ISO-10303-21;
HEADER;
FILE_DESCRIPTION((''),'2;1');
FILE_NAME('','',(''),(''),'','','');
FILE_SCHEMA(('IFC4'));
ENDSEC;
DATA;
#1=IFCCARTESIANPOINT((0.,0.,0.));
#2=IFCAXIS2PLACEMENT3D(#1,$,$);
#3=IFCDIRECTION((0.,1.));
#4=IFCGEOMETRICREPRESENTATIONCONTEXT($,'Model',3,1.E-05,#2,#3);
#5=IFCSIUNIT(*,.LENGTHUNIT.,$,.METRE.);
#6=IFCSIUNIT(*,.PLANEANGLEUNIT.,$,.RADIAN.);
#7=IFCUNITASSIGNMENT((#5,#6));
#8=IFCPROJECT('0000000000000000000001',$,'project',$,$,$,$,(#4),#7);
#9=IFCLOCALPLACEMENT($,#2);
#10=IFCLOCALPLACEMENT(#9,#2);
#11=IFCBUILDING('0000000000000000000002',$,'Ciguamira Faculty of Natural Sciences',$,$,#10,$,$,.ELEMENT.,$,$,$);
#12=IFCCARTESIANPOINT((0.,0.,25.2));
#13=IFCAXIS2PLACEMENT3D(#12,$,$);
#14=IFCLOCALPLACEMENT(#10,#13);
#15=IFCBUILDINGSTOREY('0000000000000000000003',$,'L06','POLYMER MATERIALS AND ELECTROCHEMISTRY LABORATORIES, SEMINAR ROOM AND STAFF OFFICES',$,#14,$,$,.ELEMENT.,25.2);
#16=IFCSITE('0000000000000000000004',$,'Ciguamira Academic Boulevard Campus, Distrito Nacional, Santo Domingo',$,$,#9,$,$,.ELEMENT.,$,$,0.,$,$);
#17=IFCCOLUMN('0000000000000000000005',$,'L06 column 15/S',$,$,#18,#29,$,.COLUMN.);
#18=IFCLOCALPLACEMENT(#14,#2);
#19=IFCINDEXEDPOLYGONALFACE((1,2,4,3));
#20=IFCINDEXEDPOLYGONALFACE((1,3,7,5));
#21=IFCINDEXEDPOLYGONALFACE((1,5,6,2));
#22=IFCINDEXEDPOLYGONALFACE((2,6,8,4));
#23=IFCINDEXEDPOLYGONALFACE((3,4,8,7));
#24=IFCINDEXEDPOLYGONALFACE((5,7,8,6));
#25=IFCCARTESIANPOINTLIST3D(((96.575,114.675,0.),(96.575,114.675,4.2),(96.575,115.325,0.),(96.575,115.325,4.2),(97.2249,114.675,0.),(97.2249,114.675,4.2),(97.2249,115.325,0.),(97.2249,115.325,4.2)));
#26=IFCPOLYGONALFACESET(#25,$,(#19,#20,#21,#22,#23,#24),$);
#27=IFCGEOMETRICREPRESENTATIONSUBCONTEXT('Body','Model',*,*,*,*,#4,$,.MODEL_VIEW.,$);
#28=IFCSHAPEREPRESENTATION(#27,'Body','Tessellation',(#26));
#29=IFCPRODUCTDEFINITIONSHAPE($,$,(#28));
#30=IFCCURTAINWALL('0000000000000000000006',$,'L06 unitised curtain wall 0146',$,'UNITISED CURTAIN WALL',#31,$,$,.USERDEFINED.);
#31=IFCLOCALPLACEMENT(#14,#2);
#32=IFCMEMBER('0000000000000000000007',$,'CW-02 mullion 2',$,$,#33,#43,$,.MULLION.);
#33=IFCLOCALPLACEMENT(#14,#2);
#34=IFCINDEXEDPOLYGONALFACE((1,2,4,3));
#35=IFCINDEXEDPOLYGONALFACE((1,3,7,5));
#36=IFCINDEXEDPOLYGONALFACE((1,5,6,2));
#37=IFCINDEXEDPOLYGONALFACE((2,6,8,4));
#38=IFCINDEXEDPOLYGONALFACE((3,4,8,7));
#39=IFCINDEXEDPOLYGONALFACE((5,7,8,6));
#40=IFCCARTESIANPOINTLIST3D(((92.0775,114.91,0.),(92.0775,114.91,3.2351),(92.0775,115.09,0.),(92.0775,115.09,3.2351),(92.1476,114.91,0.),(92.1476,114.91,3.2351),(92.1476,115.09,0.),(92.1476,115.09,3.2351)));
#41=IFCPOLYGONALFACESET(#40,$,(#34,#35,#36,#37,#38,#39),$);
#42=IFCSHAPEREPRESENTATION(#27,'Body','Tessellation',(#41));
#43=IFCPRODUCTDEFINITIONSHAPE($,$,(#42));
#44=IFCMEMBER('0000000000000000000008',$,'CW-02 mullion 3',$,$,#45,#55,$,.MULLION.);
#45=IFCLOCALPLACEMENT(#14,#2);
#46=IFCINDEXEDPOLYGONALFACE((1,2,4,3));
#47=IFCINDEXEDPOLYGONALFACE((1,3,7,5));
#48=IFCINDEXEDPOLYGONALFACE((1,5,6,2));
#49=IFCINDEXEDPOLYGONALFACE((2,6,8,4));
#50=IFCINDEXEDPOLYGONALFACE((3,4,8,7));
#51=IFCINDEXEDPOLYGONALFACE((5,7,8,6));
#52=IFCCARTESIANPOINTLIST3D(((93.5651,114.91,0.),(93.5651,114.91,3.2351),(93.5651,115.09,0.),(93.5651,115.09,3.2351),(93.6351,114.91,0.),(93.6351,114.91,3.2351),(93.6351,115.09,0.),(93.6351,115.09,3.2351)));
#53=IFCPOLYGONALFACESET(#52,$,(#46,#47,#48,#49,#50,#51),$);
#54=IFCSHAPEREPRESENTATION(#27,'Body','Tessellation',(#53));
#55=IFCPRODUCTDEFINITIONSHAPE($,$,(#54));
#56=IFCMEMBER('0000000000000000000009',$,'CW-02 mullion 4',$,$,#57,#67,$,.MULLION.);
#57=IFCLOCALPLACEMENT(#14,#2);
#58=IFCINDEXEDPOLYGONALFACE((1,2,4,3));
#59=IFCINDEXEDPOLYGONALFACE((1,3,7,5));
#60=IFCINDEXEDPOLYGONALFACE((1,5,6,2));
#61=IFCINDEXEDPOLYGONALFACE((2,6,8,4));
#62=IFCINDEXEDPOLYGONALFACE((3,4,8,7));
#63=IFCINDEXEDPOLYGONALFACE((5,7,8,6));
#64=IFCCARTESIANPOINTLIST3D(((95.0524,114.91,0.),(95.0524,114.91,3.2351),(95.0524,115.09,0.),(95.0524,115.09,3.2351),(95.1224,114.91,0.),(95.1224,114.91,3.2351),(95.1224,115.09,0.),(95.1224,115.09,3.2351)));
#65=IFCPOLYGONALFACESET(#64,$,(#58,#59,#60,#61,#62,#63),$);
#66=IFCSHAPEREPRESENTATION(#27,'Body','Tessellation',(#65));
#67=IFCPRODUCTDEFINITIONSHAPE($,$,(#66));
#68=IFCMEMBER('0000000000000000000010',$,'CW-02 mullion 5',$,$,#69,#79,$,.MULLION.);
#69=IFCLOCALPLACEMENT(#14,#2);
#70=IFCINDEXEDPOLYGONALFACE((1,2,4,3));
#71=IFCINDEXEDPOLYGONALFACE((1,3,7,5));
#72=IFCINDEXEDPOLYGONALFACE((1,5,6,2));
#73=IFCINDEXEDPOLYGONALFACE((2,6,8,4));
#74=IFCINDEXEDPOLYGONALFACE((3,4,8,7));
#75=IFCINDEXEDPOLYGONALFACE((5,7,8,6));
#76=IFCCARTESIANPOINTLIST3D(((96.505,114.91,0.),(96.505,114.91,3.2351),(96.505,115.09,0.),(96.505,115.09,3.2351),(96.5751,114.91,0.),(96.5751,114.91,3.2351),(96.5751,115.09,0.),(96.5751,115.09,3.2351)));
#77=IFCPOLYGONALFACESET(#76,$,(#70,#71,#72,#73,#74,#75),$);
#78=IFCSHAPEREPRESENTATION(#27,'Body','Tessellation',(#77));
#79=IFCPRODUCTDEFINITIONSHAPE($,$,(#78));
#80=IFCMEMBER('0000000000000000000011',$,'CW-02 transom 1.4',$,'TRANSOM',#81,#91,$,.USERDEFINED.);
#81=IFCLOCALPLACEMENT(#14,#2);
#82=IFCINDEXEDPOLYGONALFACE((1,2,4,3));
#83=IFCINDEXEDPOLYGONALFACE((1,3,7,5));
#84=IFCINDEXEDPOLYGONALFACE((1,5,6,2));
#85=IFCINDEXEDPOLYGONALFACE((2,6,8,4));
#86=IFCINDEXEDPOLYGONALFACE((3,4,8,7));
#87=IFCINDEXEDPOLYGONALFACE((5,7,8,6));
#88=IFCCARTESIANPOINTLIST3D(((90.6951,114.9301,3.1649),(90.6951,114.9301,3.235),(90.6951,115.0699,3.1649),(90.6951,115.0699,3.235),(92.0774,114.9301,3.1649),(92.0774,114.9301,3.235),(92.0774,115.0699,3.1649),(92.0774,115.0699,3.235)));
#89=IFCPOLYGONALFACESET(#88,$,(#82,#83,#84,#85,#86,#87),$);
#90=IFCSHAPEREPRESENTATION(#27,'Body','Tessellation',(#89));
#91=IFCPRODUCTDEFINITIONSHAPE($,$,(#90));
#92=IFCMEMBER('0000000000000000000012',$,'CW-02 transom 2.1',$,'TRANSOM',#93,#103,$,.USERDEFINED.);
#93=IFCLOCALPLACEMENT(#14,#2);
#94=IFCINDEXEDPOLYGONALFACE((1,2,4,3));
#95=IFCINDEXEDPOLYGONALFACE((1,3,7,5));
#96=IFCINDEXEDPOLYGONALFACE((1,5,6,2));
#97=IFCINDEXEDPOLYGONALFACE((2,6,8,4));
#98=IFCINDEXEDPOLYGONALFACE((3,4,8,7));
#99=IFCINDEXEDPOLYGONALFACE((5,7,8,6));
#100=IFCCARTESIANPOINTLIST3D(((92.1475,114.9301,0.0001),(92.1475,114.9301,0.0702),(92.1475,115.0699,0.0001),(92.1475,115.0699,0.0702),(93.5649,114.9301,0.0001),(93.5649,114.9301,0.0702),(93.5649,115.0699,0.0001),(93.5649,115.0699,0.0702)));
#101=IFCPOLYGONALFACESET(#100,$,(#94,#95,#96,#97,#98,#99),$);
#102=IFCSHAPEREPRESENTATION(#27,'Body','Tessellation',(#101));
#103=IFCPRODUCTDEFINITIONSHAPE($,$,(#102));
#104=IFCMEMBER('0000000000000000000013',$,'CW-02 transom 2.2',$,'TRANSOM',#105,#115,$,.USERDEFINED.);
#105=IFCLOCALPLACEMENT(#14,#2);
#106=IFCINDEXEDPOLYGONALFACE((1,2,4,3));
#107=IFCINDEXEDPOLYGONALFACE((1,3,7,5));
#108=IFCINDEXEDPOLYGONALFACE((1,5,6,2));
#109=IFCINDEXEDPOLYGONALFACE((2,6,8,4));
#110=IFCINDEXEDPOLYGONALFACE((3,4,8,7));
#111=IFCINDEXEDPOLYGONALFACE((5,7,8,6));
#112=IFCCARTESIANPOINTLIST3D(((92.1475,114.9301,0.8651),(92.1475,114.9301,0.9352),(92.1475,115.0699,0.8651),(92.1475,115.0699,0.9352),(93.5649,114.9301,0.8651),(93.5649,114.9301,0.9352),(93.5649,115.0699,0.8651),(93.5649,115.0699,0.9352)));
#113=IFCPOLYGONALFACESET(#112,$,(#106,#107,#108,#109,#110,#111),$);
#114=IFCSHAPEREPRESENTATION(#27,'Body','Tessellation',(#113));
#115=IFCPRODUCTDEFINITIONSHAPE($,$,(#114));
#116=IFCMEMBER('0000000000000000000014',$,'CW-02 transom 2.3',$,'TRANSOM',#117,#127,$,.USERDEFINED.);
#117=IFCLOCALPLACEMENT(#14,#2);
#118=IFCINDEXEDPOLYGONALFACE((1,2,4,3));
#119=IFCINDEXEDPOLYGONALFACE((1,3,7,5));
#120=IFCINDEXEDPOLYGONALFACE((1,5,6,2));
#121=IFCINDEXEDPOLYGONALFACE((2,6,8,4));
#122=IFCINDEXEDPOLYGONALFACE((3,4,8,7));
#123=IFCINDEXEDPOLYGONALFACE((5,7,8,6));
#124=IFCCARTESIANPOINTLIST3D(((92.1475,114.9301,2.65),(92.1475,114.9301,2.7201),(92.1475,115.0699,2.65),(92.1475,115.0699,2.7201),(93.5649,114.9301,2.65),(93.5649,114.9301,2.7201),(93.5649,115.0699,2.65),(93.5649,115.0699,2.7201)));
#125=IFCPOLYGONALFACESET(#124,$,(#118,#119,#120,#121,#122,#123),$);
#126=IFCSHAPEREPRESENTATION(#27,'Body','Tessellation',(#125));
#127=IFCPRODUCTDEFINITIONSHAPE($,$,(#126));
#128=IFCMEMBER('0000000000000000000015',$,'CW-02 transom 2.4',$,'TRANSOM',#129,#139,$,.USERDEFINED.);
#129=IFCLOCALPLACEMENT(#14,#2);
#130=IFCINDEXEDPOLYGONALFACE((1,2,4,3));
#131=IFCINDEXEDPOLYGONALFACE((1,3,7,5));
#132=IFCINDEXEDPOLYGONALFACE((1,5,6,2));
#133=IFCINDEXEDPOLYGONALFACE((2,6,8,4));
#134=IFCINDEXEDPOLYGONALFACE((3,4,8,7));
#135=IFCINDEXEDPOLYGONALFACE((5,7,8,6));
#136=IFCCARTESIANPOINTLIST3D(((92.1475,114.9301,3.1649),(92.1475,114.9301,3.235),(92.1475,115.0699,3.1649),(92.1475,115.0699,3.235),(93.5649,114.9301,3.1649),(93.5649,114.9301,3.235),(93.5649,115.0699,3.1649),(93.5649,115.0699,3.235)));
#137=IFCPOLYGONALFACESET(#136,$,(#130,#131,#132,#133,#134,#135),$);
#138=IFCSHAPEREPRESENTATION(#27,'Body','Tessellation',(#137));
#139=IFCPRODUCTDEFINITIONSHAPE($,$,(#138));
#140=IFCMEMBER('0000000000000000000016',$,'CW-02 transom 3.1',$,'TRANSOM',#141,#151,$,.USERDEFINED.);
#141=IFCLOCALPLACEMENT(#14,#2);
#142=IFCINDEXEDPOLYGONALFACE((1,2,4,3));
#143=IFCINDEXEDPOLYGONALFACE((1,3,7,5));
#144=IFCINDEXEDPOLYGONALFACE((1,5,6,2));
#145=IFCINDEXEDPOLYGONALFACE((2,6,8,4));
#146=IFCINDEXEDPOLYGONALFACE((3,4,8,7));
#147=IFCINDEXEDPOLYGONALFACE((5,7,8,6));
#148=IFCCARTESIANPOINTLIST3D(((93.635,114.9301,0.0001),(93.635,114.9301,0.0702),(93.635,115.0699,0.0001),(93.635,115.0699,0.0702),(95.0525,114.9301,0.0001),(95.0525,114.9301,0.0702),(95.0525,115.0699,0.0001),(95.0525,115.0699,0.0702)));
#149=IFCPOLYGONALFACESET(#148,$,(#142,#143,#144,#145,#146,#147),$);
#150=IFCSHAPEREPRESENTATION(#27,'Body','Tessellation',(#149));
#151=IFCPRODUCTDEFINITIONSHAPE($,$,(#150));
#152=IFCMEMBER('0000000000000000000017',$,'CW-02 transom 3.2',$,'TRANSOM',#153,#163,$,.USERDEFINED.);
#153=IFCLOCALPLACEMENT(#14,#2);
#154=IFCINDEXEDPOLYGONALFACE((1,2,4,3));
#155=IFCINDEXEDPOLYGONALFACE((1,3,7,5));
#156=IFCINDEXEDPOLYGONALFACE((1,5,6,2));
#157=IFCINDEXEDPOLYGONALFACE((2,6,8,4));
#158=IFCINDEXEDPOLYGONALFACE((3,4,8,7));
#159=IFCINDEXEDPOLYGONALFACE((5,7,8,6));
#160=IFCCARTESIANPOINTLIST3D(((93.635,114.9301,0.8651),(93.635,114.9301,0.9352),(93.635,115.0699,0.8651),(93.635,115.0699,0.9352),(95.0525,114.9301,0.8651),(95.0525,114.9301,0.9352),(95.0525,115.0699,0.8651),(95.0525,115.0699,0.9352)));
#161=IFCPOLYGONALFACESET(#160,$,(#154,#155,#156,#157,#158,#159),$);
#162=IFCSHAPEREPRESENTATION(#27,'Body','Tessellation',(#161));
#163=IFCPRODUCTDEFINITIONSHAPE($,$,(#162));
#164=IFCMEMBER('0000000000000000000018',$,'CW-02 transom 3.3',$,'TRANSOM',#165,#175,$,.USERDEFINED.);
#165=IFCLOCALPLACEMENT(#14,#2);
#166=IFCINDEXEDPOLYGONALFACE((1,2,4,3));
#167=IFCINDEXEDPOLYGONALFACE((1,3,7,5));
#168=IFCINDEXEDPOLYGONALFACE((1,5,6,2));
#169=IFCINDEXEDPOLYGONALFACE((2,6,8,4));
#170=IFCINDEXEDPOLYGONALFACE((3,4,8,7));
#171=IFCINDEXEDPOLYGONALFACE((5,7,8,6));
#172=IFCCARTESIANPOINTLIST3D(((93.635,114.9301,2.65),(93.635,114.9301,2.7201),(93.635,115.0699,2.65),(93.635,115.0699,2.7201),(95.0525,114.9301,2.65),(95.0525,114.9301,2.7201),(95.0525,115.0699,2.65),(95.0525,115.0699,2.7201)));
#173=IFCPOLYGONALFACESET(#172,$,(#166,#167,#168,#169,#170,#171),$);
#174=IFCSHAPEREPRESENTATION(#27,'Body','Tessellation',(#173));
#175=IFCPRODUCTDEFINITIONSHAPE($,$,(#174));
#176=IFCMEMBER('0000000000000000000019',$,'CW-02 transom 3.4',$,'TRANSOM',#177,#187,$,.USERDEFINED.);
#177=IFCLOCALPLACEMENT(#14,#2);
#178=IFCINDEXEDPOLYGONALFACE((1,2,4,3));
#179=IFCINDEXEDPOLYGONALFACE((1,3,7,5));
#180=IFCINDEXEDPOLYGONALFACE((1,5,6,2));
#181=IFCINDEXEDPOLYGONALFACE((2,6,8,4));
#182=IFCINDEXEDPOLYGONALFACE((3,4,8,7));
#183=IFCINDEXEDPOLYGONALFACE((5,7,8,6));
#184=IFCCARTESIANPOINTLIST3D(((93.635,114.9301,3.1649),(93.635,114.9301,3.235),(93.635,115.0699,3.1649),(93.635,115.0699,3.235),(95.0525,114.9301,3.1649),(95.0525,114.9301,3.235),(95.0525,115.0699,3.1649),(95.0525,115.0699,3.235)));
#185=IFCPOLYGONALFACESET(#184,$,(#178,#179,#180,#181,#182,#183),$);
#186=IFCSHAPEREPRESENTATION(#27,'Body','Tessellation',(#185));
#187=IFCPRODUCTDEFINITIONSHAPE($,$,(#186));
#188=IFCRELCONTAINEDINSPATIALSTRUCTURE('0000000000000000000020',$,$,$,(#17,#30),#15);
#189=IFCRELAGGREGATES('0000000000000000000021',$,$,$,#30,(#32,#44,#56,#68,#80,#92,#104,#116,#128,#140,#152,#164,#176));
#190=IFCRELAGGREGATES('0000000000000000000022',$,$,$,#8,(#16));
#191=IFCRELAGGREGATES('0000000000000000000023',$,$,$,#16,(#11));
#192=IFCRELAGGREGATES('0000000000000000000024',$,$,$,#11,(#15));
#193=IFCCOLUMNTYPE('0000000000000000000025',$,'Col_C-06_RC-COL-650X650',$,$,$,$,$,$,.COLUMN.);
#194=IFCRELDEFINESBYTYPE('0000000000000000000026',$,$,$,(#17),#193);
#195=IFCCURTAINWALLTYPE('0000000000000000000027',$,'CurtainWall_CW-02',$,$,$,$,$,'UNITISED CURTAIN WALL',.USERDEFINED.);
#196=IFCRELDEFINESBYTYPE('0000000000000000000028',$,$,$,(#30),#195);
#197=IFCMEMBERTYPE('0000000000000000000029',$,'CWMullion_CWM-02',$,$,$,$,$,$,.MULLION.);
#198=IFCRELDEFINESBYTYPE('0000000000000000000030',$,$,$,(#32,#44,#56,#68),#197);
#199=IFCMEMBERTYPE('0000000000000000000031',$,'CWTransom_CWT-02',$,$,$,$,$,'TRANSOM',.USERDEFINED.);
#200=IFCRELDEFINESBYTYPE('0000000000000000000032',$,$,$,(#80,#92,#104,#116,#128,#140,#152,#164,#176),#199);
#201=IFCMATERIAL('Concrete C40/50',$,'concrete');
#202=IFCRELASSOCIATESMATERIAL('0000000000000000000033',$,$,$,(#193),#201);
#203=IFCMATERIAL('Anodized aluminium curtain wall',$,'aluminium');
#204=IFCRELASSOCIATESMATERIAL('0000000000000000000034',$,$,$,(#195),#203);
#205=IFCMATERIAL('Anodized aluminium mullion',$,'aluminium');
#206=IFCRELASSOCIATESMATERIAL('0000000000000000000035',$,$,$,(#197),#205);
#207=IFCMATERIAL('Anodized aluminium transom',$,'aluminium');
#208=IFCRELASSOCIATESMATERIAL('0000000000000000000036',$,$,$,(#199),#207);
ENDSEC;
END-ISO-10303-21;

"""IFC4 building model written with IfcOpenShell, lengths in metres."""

from ifc_helpers import new_model, si_unit, direction, frame, origin, origin_2d, place, context, subcontext, project, spatial, rectangle, extrude, material, material_profile, profile_set, type_object, element, aggregate, save


model = new_model("IFC4")

# Units and contexts
model_context = context("Model", 3, precision=1e-05, world=origin(), true_north=direction((0.0, 1.0)))
body_context = subcontext(model_context, "Body", "Model", "MODEL_VIEW")
ifc_project = project(units=[si_unit("LENGTHUNIT", "METRE"), si_unit("PLANEANGLEUNIT", "RADIAN")], contexts=[model_context])

# Site, building, storey
site_placement = place(None, origin())
site = spatial("IfcSite", under=ifc_project, at=site_placement, Name="Ciguamira Academic Boulevard Campus, Distrito Nacional, Santo Domingo", CompositionType="ELEMENT", RefElevation=0.0)
building_placement = place(site_placement, origin())
building = spatial("IfcBuilding", under=site, at=building_placement, Name="Ciguamira Faculty of Natural Sciences", CompositionType="ELEMENT")
storey_placement = place(building_placement, frame((0.0, 0.0, 25.2)))
storey = spatial("IfcBuildingStorey", under=building, at=storey_placement, Name="L06", Description="POLYMER MATERIALS AND ELECTROCHEMISTRY LABORATORIES, SEMINAR ROOM AND STAFF OFFICES", CompositionType="ELEMENT", Elevation=25.2)

# Column
ifc_material_1 = material(Name="Concrete C40/50", Category="concrete")
ifc_material_profile_1 = material_profile(ifc_material_1, rectangle(XDim=0.6499, YDim=0.6499, at=origin_2d()), Name="RC-COL-650X650")
ifc_profile_set_1 = profile_set([ifc_material_profile_1], Name="Concrete C40/50")
column_type = type_object("IfcColumnType", Name="Col_C-06_RC-COL-650X650", PredefinedType="COLUMN", material=ifc_profile_set_1)
column_placement = place(storey_placement, frame((96.8999, 115.0, 0.0), z_axis=(0.0, 0.0, 1.0), x_axis=(1.0, 0.0, 0.0)))
element("IfcColumn", 1, at=column_placement, inside=storey, type_object=column_type, Name="L06 column 15/S", PredefinedType="COLUMN", context=body_context, shape_type="SweptSolid", body=[
    extrude(rectangle(XDim=0.6499, YDim=0.6499, at=origin_2d()), origin(), (0.0, 0.0, 1.0), 4.2),
])

# Curtain wall, members
ifc_material_2 = material(Name="Anodized aluminium curtain wall", Category="aluminium")
curtain_wall_type = type_object("IfcCurtainWallType", Name="CurtainWall_CW-02", ElementType="UNITISED CURTAIN WALL", PredefinedType="USERDEFINED", material=ifc_material_2)
curtain_wall_placement = place(storey_placement, origin())
curtain_wall = element("IfcCurtainWall", 2, at=curtain_wall_placement, inside=storey, type_object=curtain_wall_type, Name="L06 unitised curtain wall 0146", ObjectType="UNITISED CURTAIN WALL", PredefinedType="USERDEFINED")
ifc_material_3 = material(Name="Anodized aluminium mullion", Category="aluminium")
ifc_material_profile_2 = material_profile(ifc_material_3, rectangle(XDim=0.0701, YDim=0.1799, at=origin_2d()), Name="ALU-MUL-70X180")
ifc_profile_set_2 = profile_set([ifc_material_profile_2], Name="Anodized aluminium mullion")
member_type_1 = type_object("IfcMemberType", Name="CWMullion_CWM-02", PredefinedType="MULLION", material=ifc_profile_set_2)
member_1_placement = place(storey_placement, frame((92.1125, 115.0, 0.0), z_axis=(0.0, 0.0, 1.0), x_axis=(1.0, 0.0, 0.0)))
member_1 = element("IfcMember", 3, at=member_1_placement, type_object=member_type_1, Name="CW-02 mullion 2", PredefinedType="MULLION", context=body_context, shape_type="SweptSolid", body=[
    extrude(rectangle(XDim=0.0701, YDim=0.1799, at=origin_2d()), origin(), (0.0, 0.0, 1.0), 3.2351),
])
member_2_placement = place(storey_placement, frame((93.6001, 115.0, 0.0), z_axis=(0.0, 0.0, 1.0), x_axis=(1.0, 0.0, 0.0)))
member_2 = element("IfcMember", 4, at=member_2_placement, type_object=member_type_1, Name="CW-02 mullion 3", PredefinedType="MULLION", context=body_context, shape_type="SweptSolid", body=[
    extrude(rectangle(XDim=0.0701, YDim=0.1799, at=origin_2d()), origin(), (0.0, 0.0, 1.0), 3.2351),
])
member_3_placement = place(storey_placement, frame((95.0874, 115.0, 0.0), z_axis=(0.0, 0.0, 1.0), x_axis=(1.0, 0.0, 0.0)))
member_3 = element("IfcMember", 5, at=member_3_placement, type_object=member_type_1, Name="CW-02 mullion 4", PredefinedType="MULLION", context=body_context, shape_type="SweptSolid", body=[
    extrude(rectangle(XDim=0.0701, YDim=0.1799, at=origin_2d()), origin(), (0.0, 0.0, 1.0), 3.2351),
])
member_4_placement = place(storey_placement, frame((96.54, 115.0, 0.0), z_axis=(0.0, 0.0, 1.0), x_axis=(1.0, 0.0, 0.0)))
member_4 = element("IfcMember", 6, at=member_4_placement, type_object=member_type_1, Name="CW-02 mullion 5", PredefinedType="MULLION", context=body_context, shape_type="SweptSolid", body=[
    extrude(rectangle(XDim=0.0701, YDim=0.1799, at=origin_2d()), origin(), (0.0, 0.0, 1.0), 3.2351),
])
ifc_material_4 = material(Name="Anodized aluminium transom", Category="aluminium")
ifc_material_profile_3 = material_profile(ifc_material_4, rectangle(XDim=0.0701, YDim=0.1399, at=origin_2d()), Name="ALU-TRN-70X140")
ifc_profile_set_3 = profile_set([ifc_material_profile_3], Name="Anodized aluminium transom")
member_type_2 = type_object("IfcMemberType", Name="CWTransom_CWT-02", ElementType="TRANSOM", PredefinedType="USERDEFINED", material=ifc_profile_set_3)
member_5_placement = place(storey_placement, frame((90.6951, 115.0, 3.2), z_axis=(1.0, 0.0, 0.0), x_axis=(0.0, 0.0, 1.0)))
member_5 = element("IfcMember", 7, at=member_5_placement, type_object=member_type_2, Name="CW-02 transom 1.4", ObjectType="TRANSOM", PredefinedType="USERDEFINED", context=body_context, shape_type="SweptSolid", body=[
    extrude(rectangle(XDim=0.0701, YDim=0.1399, at=origin_2d()), origin(), (0.0, 0.0, 1.0), 1.3823),
])
member_6_placement = place(storey_placement, frame((92.1475, 115.0, 0.0352), z_axis=(1.0, 0.0, 0.0), x_axis=(0.0, 0.0, 1.0)))
member_6 = element("IfcMember", 8, at=member_6_placement, type_object=member_type_2, Name="CW-02 transom 2.1", ObjectType="TRANSOM", PredefinedType="USERDEFINED", context=body_context, shape_type="SweptSolid", body=[
    extrude(rectangle(XDim=0.0701, YDim=0.1399, at=origin_2d()), origin(), (0.0, 0.0, 1.0), 1.4175),
])
member_7_placement = place(storey_placement, frame((92.1475, 115.0, 0.9001), z_axis=(1.0, 0.0, 0.0), x_axis=(0.0, 0.0, 1.0)))
member_7 = element("IfcMember", 9, at=member_7_placement, type_object=member_type_2, Name="CW-02 transom 2.2", ObjectType="TRANSOM", PredefinedType="USERDEFINED", context=body_context, shape_type="SweptSolid", body=[
    extrude(rectangle(XDim=0.0701, YDim=0.1399, at=origin_2d()), origin(), (0.0, 0.0, 1.0), 1.4175),
])
member_8_placement = place(storey_placement, frame((92.1475, 115.0, 2.6851), z_axis=(1.0, 0.0, 0.0), x_axis=(0.0, 0.0, 1.0)))
member_8 = element("IfcMember", 10, at=member_8_placement, type_object=member_type_2, Name="CW-02 transom 2.3", ObjectType="TRANSOM", PredefinedType="USERDEFINED", context=body_context, shape_type="SweptSolid", body=[
    extrude(rectangle(XDim=0.0701, YDim=0.1399, at=origin_2d()), origin(), (0.0, 0.0, 1.0), 1.4175),
])
member_9_placement = place(storey_placement, frame((92.1475, 115.0, 3.2), z_axis=(1.0, 0.0, 0.0), x_axis=(0.0, 0.0, 1.0)))
member_9 = element("IfcMember", 11, at=member_9_placement, type_object=member_type_2, Name="CW-02 transom 2.4", ObjectType="TRANSOM", PredefinedType="USERDEFINED", context=body_context, shape_type="SweptSolid", body=[
    extrude(rectangle(XDim=0.0701, YDim=0.1399, at=origin_2d()), origin(), (0.0, 0.0, 1.0), 1.4175),
])
member_10_placement = place(storey_placement, frame((93.635, 115.0, 0.0352), z_axis=(1.0, 0.0, 0.0), x_axis=(0.0, 0.0, 1.0)))
member_10 = element("IfcMember", 12, at=member_10_placement, type_object=member_type_2, Name="CW-02 transom 3.1", ObjectType="TRANSOM", PredefinedType="USERDEFINED", context=body_context, shape_type="SweptSolid", body=[
    extrude(rectangle(XDim=0.0701, YDim=0.1399, at=origin_2d()), origin(), (0.0, 0.0, 1.0), 1.4175),
])
member_11_placement = place(storey_placement, frame((93.635, 115.0, 0.9001), z_axis=(1.0, 0.0, 0.0), x_axis=(0.0, 0.0, 1.0)))
member_11 = element("IfcMember", 13, at=member_11_placement, type_object=member_type_2, Name="CW-02 transom 3.2", ObjectType="TRANSOM", PredefinedType="USERDEFINED", context=body_context, shape_type="SweptSolid", body=[
    extrude(rectangle(XDim=0.0701, YDim=0.1399, at=origin_2d()), origin(), (0.0, 0.0, 1.0), 1.4175),
])
member_12_placement = place(storey_placement, frame((93.635, 115.0, 2.6851), z_axis=(1.0, 0.0, 0.0), x_axis=(0.0, 0.0, 1.0)))
member_12 = element("IfcMember", 14, at=member_12_placement, type_object=member_type_2, Name="CW-02 transom 3.3", ObjectType="TRANSOM", PredefinedType="USERDEFINED", context=body_context, shape_type="SweptSolid", body=[
    extrude(rectangle(XDim=0.0701, YDim=0.1399, at=origin_2d()), origin(), (0.0, 0.0, 1.0), 1.4175),
])
member_13_placement = place(storey_placement, frame((93.635, 115.0, 3.2), z_axis=(1.0, 0.0, 0.0), x_axis=(0.0, 0.0, 1.0)))
member_13 = element("IfcMember", 15, at=member_13_placement, type_object=member_type_2, Name="CW-02 transom 3.4", ObjectType="TRANSOM", PredefinedType="USERDEFINED", context=body_context, shape_type="SweptSolid", body=[
    extrude(rectangle(XDim=0.0701, YDim=0.1399, at=origin_2d()), origin(), (0.0, 0.0, 1.0), 1.4175),
])
aggregate(curtain_wall, [member_1, member_2, member_3, member_4, member_5, member_6, member_7, member_8, member_9, member_10, member_11, member_12, member_13])

save(model, "model.ifc")
